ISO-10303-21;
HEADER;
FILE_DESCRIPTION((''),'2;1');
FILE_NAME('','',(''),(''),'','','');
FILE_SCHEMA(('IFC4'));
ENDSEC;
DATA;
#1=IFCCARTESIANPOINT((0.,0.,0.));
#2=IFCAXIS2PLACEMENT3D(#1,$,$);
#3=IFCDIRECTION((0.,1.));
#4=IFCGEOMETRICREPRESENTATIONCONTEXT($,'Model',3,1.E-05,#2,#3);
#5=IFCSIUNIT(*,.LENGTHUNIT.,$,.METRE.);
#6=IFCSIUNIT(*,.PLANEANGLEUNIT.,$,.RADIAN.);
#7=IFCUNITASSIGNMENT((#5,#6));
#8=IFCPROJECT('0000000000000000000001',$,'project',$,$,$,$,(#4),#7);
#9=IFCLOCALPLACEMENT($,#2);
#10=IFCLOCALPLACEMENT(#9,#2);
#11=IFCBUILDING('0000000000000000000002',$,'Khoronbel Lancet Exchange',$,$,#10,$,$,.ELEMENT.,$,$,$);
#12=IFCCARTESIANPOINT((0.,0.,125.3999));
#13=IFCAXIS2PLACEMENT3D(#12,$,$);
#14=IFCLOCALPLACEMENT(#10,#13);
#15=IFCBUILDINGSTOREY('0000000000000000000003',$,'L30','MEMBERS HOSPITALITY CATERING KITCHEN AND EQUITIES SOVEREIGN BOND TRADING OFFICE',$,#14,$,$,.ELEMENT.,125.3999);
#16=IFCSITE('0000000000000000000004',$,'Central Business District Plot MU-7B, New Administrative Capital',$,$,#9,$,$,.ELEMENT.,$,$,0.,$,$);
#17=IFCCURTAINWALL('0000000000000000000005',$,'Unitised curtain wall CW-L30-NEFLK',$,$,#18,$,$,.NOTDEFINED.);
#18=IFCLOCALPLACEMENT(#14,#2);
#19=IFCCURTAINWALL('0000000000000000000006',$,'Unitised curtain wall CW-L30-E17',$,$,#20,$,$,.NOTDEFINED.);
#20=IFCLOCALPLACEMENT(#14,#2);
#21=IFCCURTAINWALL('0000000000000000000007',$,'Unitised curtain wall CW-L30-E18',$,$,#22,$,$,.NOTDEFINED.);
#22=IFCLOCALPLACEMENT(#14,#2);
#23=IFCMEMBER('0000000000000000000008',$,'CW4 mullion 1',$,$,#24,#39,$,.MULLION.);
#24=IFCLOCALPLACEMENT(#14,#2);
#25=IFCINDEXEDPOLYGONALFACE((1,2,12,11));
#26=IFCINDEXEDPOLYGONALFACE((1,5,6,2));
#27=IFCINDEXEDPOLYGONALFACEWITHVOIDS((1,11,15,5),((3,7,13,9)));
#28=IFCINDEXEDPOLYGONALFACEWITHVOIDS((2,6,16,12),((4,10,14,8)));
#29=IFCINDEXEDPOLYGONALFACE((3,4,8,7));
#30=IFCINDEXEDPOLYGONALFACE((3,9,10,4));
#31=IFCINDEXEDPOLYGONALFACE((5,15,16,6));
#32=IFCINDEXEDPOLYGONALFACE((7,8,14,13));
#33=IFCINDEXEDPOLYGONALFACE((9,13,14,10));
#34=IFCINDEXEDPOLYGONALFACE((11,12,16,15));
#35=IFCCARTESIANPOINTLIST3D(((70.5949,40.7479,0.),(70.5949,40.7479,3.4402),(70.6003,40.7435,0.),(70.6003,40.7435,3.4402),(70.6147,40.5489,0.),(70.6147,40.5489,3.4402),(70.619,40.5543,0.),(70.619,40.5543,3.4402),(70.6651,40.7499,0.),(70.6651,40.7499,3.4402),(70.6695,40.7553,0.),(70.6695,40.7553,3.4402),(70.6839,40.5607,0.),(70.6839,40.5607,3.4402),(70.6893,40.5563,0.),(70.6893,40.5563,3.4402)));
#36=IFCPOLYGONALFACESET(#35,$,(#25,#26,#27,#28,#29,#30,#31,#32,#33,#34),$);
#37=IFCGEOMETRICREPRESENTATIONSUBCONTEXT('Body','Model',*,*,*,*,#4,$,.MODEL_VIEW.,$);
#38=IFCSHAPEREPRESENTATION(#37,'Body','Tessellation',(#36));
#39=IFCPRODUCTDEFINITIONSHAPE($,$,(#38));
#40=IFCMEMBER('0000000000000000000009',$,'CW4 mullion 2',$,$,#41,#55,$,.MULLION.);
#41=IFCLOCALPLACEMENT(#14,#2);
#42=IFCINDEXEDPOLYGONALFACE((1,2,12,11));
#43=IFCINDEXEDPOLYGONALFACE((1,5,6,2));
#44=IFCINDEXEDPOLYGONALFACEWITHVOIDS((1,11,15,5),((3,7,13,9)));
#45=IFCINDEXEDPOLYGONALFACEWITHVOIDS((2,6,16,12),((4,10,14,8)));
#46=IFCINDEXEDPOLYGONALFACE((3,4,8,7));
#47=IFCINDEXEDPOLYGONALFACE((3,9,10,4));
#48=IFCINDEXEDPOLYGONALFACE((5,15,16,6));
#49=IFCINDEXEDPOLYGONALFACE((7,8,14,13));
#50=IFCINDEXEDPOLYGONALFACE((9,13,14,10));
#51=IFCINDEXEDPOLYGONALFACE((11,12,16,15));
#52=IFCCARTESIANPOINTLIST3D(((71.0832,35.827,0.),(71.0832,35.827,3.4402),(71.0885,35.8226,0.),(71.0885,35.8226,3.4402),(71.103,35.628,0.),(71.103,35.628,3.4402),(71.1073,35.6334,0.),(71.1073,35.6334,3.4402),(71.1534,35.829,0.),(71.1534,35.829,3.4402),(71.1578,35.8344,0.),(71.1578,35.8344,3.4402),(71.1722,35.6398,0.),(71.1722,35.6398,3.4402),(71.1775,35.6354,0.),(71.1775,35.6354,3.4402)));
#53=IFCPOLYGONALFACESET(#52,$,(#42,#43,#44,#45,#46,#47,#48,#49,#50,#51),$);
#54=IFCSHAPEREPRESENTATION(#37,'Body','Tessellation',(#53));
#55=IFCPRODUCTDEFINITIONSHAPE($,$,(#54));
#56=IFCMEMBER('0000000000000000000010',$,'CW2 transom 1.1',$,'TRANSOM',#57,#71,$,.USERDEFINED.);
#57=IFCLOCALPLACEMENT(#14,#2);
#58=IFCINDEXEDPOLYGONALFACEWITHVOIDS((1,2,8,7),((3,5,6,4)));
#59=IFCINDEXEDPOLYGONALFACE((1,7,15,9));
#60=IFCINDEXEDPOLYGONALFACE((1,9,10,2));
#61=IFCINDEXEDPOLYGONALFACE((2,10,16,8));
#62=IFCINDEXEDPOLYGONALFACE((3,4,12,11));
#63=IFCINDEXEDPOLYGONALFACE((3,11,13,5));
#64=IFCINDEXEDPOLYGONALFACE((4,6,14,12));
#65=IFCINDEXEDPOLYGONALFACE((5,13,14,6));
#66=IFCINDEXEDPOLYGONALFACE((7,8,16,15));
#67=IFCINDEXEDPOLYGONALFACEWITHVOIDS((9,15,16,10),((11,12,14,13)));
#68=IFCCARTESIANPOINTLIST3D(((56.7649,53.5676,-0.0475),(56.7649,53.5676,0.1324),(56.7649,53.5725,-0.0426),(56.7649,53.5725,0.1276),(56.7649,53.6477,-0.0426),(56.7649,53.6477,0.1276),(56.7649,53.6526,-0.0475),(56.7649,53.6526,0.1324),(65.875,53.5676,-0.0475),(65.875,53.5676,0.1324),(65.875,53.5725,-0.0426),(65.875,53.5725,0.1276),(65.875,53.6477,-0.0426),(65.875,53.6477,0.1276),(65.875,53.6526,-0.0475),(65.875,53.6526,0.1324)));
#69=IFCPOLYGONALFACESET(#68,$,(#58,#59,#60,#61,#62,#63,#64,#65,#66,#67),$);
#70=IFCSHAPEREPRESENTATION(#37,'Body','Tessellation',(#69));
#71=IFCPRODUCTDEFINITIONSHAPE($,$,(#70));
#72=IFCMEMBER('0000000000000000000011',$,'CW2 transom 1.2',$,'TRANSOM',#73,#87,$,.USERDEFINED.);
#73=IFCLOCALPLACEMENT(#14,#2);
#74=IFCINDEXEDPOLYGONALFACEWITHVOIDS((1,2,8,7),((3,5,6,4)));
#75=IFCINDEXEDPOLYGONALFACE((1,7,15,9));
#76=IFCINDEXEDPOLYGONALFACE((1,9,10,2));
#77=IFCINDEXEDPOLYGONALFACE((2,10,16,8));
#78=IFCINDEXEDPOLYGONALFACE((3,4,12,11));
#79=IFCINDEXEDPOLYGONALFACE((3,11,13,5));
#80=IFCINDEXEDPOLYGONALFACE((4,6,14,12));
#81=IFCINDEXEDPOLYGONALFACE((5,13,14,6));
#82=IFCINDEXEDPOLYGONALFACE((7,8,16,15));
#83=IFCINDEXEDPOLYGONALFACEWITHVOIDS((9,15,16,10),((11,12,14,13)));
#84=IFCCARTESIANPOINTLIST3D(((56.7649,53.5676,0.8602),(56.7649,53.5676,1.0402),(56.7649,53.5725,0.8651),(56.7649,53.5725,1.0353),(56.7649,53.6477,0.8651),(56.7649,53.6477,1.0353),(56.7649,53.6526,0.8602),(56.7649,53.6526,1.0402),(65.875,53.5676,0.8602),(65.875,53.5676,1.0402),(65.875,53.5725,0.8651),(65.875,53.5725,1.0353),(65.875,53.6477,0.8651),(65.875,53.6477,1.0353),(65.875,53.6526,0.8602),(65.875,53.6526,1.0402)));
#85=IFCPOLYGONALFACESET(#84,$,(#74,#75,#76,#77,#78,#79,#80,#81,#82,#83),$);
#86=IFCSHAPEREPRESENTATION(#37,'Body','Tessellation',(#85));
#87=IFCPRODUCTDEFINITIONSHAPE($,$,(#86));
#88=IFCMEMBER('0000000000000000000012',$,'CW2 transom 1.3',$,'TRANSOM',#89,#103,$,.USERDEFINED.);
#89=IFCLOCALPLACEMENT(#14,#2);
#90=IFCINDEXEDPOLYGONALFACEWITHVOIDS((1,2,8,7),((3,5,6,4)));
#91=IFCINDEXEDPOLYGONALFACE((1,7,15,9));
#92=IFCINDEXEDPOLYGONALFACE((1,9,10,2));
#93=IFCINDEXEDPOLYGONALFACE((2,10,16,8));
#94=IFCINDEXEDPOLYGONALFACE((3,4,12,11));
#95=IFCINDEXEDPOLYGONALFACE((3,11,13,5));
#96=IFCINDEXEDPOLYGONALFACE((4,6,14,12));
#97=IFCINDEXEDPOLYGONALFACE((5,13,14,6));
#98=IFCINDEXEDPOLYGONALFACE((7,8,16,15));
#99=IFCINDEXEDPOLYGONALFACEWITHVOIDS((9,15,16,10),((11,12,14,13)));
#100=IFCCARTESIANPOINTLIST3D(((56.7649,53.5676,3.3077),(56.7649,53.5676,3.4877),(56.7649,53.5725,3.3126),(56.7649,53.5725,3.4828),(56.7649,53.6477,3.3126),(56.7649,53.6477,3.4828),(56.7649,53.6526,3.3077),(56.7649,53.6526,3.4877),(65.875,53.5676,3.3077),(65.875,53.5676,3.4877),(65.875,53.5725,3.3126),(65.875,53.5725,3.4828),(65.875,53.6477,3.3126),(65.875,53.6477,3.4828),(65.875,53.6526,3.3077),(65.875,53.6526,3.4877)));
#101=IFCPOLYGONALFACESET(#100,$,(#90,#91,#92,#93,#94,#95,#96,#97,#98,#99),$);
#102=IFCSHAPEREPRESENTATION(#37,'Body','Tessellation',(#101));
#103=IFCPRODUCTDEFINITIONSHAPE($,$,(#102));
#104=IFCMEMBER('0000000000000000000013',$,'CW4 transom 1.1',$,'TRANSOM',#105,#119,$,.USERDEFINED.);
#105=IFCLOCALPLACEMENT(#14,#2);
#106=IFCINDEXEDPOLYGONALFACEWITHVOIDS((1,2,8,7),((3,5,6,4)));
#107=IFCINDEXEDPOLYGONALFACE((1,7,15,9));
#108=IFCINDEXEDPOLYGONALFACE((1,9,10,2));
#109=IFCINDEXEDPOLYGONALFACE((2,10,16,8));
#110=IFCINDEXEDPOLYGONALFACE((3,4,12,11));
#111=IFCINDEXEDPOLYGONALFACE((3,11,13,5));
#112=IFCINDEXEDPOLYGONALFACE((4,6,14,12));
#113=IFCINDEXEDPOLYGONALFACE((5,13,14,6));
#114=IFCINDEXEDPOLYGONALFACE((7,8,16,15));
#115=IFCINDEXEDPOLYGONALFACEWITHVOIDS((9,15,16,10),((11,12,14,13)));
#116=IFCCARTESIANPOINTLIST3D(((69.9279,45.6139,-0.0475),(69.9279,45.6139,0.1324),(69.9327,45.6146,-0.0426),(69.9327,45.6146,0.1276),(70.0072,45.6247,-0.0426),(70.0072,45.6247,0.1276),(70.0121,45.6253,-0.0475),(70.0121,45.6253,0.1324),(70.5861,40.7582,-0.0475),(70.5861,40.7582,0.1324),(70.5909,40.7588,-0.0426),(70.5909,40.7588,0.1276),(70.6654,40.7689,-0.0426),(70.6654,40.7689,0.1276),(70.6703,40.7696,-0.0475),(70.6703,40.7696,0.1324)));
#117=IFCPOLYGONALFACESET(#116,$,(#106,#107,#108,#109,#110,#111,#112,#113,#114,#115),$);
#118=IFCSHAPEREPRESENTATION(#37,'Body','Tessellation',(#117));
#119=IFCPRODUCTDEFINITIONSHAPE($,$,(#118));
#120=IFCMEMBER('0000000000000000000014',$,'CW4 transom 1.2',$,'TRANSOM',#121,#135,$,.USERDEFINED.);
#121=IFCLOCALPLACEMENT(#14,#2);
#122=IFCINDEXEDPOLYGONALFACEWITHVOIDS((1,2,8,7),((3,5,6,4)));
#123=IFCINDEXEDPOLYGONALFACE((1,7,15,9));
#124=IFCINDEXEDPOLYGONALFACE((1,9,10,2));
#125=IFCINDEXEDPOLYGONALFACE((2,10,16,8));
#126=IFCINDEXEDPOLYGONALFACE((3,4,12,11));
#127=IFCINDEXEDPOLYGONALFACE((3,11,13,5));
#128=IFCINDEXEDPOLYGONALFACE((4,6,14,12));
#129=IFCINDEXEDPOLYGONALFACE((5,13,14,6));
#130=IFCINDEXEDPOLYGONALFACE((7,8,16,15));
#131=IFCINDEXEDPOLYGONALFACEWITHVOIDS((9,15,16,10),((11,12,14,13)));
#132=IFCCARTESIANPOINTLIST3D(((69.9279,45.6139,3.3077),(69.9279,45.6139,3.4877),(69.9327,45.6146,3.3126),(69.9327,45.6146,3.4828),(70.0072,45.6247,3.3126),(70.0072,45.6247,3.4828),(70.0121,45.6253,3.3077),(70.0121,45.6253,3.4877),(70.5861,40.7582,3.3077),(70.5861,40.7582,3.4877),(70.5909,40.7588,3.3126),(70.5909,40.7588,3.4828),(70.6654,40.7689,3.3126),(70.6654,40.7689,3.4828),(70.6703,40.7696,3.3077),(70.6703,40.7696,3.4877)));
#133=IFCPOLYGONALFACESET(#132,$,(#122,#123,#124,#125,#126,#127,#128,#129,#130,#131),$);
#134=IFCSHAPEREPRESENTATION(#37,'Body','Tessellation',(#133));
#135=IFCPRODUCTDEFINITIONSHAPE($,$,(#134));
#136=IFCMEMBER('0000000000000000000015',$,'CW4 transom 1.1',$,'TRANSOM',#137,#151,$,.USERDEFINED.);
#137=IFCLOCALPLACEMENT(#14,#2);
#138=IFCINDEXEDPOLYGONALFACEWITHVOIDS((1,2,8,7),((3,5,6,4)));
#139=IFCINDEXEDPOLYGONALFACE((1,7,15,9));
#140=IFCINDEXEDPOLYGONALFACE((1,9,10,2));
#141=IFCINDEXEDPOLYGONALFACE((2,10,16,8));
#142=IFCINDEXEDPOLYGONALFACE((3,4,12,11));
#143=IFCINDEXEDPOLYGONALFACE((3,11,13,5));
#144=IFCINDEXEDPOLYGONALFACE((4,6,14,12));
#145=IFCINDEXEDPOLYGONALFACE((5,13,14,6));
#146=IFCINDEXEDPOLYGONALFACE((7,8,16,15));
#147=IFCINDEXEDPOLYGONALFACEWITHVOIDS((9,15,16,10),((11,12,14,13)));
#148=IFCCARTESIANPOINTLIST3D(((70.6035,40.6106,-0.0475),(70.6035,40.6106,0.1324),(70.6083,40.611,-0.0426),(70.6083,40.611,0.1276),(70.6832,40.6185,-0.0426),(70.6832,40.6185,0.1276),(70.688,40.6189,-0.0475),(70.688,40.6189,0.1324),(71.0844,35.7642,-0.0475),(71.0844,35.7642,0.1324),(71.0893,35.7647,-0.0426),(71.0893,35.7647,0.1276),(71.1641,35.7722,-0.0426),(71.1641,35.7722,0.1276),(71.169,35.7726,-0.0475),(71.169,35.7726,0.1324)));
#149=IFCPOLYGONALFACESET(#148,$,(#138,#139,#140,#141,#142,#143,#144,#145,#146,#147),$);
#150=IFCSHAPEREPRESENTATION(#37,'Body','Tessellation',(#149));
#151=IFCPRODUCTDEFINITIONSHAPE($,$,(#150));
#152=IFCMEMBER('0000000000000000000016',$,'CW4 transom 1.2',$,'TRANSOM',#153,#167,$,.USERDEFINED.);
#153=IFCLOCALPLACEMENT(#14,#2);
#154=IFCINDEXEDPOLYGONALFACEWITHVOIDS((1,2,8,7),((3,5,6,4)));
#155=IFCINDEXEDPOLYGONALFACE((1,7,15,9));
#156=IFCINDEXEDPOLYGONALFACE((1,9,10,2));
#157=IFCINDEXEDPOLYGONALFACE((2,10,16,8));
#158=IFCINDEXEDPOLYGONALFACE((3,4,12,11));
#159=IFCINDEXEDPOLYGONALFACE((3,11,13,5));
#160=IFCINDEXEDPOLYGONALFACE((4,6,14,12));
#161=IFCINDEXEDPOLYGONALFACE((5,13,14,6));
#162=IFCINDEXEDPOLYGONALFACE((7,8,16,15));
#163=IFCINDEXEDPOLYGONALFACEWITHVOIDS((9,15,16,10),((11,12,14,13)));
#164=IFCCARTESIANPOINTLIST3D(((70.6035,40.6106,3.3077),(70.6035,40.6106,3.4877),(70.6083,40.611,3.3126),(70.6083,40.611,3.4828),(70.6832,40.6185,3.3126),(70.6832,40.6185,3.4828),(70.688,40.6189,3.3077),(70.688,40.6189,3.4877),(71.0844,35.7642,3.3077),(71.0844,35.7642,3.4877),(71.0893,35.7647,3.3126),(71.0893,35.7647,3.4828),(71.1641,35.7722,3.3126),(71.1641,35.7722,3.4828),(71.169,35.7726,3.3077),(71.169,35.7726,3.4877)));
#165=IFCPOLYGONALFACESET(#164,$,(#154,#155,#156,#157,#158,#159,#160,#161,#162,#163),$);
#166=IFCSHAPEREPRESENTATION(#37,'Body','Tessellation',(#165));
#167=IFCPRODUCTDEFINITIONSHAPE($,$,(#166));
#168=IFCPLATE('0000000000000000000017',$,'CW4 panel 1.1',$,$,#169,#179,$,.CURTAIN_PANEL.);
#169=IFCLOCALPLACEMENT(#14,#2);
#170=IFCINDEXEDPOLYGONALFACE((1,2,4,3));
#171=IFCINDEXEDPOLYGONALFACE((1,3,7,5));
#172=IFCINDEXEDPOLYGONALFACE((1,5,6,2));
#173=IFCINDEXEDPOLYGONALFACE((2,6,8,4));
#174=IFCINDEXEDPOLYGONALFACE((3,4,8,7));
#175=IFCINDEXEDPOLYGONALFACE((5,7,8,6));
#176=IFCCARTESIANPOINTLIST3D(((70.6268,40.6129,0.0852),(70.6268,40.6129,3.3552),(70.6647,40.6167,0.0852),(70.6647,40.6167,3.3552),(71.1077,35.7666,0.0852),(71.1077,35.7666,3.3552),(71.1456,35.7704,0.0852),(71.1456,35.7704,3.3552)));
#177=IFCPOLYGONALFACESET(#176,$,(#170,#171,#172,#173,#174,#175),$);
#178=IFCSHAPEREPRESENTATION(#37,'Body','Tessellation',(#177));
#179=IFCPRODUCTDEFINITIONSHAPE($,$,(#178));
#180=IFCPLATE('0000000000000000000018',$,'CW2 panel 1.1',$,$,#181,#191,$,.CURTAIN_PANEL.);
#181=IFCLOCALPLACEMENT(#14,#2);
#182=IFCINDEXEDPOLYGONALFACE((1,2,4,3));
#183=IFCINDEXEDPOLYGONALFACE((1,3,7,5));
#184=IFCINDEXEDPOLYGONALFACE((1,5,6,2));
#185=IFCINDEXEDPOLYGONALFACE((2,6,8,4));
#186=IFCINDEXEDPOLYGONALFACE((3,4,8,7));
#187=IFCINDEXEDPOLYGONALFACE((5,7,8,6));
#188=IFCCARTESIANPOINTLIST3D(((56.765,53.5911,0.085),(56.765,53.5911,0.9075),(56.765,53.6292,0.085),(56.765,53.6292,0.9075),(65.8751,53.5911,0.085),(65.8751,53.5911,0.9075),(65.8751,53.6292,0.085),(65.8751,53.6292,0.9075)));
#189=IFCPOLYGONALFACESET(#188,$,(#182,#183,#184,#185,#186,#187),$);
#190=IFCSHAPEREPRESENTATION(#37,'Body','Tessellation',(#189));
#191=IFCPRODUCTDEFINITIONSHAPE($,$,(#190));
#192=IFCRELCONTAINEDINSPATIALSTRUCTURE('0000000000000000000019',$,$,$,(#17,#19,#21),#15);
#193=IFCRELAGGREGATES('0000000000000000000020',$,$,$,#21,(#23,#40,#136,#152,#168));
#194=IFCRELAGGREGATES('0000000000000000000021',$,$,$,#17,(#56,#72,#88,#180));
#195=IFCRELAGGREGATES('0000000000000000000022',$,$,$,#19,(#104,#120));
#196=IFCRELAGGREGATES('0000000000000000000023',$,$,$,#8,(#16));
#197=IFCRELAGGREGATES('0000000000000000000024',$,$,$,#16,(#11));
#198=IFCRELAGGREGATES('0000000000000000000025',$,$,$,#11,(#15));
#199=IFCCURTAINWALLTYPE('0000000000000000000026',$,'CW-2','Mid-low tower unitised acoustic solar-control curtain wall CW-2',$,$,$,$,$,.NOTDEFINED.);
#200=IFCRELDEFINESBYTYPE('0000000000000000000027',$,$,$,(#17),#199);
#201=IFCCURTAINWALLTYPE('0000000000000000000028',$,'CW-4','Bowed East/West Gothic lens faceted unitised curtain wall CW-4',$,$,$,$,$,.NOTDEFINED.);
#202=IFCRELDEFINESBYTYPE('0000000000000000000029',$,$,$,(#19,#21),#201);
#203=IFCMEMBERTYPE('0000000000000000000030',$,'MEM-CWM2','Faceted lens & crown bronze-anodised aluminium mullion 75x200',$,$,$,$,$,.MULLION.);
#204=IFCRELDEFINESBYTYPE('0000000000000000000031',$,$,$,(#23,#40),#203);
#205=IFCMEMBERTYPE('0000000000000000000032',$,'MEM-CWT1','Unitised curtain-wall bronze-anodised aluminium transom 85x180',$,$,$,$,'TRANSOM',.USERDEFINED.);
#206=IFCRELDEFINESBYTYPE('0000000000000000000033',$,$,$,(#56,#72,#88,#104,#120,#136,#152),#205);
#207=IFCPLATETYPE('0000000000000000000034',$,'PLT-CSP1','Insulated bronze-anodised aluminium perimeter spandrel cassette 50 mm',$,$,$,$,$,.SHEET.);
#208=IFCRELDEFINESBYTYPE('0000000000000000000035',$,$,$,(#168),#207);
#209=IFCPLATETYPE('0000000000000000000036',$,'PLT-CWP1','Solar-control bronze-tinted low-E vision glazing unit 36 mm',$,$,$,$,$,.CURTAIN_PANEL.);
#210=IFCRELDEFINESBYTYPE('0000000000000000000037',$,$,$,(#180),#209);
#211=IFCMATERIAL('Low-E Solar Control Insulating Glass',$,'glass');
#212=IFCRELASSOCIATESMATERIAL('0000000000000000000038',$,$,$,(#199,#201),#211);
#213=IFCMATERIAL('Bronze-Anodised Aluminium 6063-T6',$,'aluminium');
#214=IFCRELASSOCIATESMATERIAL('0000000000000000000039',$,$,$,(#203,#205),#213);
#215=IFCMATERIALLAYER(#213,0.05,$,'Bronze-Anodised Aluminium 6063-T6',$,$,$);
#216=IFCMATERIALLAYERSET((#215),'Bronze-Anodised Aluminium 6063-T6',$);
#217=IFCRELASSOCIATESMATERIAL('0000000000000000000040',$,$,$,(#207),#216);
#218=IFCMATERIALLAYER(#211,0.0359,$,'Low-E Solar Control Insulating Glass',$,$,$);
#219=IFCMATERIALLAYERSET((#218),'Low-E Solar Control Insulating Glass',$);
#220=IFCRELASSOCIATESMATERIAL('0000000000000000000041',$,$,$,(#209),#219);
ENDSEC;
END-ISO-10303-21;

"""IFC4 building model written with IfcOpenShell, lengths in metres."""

from ifc_helpers import new_model, si_unit, direction, frame, origin, origin_2d, place, context, subcontext, project, spatial, rectangle, hollow_rectangle, extrude, material, layer, layer_set, material_profile, profile_set, type_object, element, aggregate, save


model = new_model("IFC4")

# Units and contexts
model_context = context("Model", 3, precision=1e-05, world=origin(), true_north=direction((0.0, 1.0)))
body_context = subcontext(model_context, "Body", "Model", "MODEL_VIEW")
ifc_project = project(units=[si_unit("LENGTHUNIT", "METRE"), si_unit("PLANEANGLEUNIT", "RADIAN")], contexts=[model_context])

# Site, building, storey
site_placement = place(None, origin())
site = spatial("IfcSite", under=ifc_project, at=site_placement, Name="Central Business District Plot MU-7B, New Administrative Capital", CompositionType="ELEMENT", RefElevation=0.0)
building_placement = place(site_placement, origin())
building = spatial("IfcBuilding", under=site, at=building_placement, Name="Khoronbel Lancet Exchange", CompositionType="ELEMENT")
storey_placement = place(building_placement, frame((0.0, 0.0, 125.3999)))
storey = spatial("IfcBuildingStorey", under=building, at=storey_placement, Name="L30", Description="MEMBERS HOSPITALITY CATERING KITCHEN AND EQUITIES SOVEREIGN BOND TRADING OFFICE", CompositionType="ELEMENT", Elevation=125.3999)

# Curtain wall
ifc_material_1 = material(Name="Low-E Solar Control Insulating Glass", Category="glass")
curtain_wall_type_1 = type_object("IfcCurtainWallType", Name="CW-2", Description="Mid-low tower unitised acoustic solar-control curtain wall CW-2", PredefinedType="NOTDEFINED", material=ifc_material_1)
curtain_wall_1_placement = place(storey_placement, origin())
curtain_wall_1 = element("IfcCurtainWall", 1, at=curtain_wall_1_placement, inside=storey, type_object=curtain_wall_type_1, Name="Unitised curtain wall CW-L30-NEFLK", PredefinedType="NOTDEFINED")
ifc_material_2 = material(Name="Bronze-Anodised Aluminium 6063-T6", Category="aluminium")

# Curtain walls, members
curtain_wall_type_2 = type_object("IfcCurtainWallType", Name="CW-4", Description="Bowed East/West Gothic lens faceted unitised curtain wall CW-4", PredefinedType="NOTDEFINED", material=ifc_material_1)
curtain_wall_2_placement = place(storey_placement, origin())
curtain_wall_2 = element("IfcCurtainWall", 2, at=curtain_wall_2_placement, inside=storey, type_object=curtain_wall_type_2, Name="Unitised curtain wall CW-L30-E17", PredefinedType="NOTDEFINED")
ifc_material_profile_1 = material_profile(ifc_material_2, hollow_rectangle(XDim=0.075, YDim=0.2, WallThickness=0.0049, at=origin_2d()), Name="ALU MULLION 75x200")
ifc_profile_set_1 = profile_set([ifc_material_profile_1], Name="Bronze-Anodised Aluminium 6063-T6")
member_type_1 = type_object("IfcMemberType", Name="MEM-CWM2", Description="Faceted lens & crown bronze-anodised aluminium mullion 75x200", PredefinedType="MULLION", material=ifc_profile_set_1)
curtain_wall_3_placement = place(storey_placement, origin())
curtain_wall_3 = element("IfcCurtainWall", 3, at=curtain_wall_3_placement, inside=storey, type_object=curtain_wall_type_2, Name="Unitised curtain wall CW-L30-E18", PredefinedType="NOTDEFINED")
member_1_placement = place(storey_placement, frame((70.6421, 40.6521, 0.0), z_axis=(0.0, 0.0, 1.0), x_axis=(0.995113, 0.098742, 0.0)))
member_1 = element("IfcMember", 4, at=member_1_placement, type_object=member_type_1, Name="CW4 mullion 1", PredefinedType="MULLION", context=body_context, shape_type="SweptSolid", body=[
    extrude(hollow_rectangle(XDim=0.075, YDim=0.2, WallThickness=0.0049, at=origin_2d()), origin(), (0.0, 0.0, 1.0), 3.4402),
])
member_2_placement = place(storey_placement, frame((71.1304, 35.7312, 0.0), z_axis=(0.0, 0.0, 1.0), x_axis=(0.995113, 0.098742, 0.0)))
member_2 = element("IfcMember", 5, at=member_2_placement, type_object=member_type_1, Name="CW4 mullion 2", PredefinedType="MULLION", context=body_context, shape_type="SweptSolid", body=[
    extrude(hollow_rectangle(XDim=0.075, YDim=0.2, WallThickness=0.0049, at=origin_2d()), origin(), (0.0, 0.0, 1.0), 3.4402),
])

# Members
ifc_material_profile_2 = material_profile(ifc_material_2, hollow_rectangle(XDim=0.085, YDim=0.1799, WallThickness=0.0049, at=origin_2d()), Name="ALU TRANSOM 85x180")
ifc_profile_set_2 = profile_set([ifc_material_profile_2], Name="Bronze-Anodised Aluminium 6063-T6")
member_type_2 = type_object("IfcMemberType", Name="MEM-CWT1", Description="Unitised curtain-wall bronze-anodised aluminium transom 85x180", ElementType="TRANSOM", PredefinedType="USERDEFINED", material=ifc_profile_set_2)
member_3_placement = place(storey_placement, frame((65.875, 53.6101, 0.0425), z_axis=(-1.0, 0.0, 0.0), x_axis=(0.0, -1.0, 0.0)))
member_3 = element("IfcMember", 6, at=member_3_placement, type_object=member_type_2, Name="CW2 transom 1.1", ObjectType="TRANSOM", PredefinedType="USERDEFINED", context=body_context, shape_type="SweptSolid", body=[
    extrude(hollow_rectangle(XDim=0.085, YDim=0.1799, WallThickness=0.0049, at=origin_2d()), origin(), (0.0, 0.0, 1.0), 9.1101),
])
member_4_placement = place(storey_placement, frame((65.875, 53.6101, 0.9502), z_axis=(-1.0, 0.0, 0.0), x_axis=(0.0, -1.0, 0.0)))
member_4 = element("IfcMember", 7, at=member_4_placement, type_object=member_type_2, Name="CW2 transom 1.2", ObjectType="TRANSOM", PredefinedType="USERDEFINED", context=body_context, shape_type="SweptSolid", body=[
    extrude(hollow_rectangle(XDim=0.085, YDim=0.1799, WallThickness=0.0049, at=origin_2d()), origin(), (0.0, 0.0, 1.0), 9.1101),
])
member_5_placement = place(storey_placement, frame((65.875, 53.6101, 3.3977), z_axis=(-1.0, 0.0, 0.0), x_axis=(0.0, -1.0, 0.0)))
member_5 = element("IfcMember", 8, at=member_5_placement, type_object=member_type_2, Name="CW2 transom 1.3", ObjectType="TRANSOM", PredefinedType="USERDEFINED", context=body_context, shape_type="SweptSolid", body=[
    extrude(hollow_rectangle(XDim=0.085, YDim=0.1799, WallThickness=0.0049, at=origin_2d()), origin(), (0.0, 0.0, 1.0), 9.1101),
])
member_6_placement = place(storey_placement, frame((69.97, 45.6196, 0.0425), z_axis=(0.134324, -0.990937, 0.0), x_axis=(0.990937, 0.134324, 0.0)))
member_6 = element("IfcMember", 9, at=member_6_placement, type_object=member_type_2, Name="CW4 transom 1.1", ObjectType="TRANSOM", PredefinedType="USERDEFINED", context=body_context, shape_type="SweptSolid", body=[
    extrude(hollow_rectangle(XDim=0.085, YDim=0.1799, WallThickness=0.0049, at=origin_2d()), origin(), (0.0, 0.0, 1.0), 4.9001),
])
member_7_placement = place(storey_placement, frame((69.97, 45.6196, 3.3977), z_axis=(0.134324, -0.990937, 0.0), x_axis=(0.990937, 0.134324, 0.0)))
member_7 = element("IfcMember", 10, at=member_7_placement, type_object=member_type_2, Name="CW4 transom 1.2", ObjectType="TRANSOM", PredefinedType="USERDEFINED", context=body_context, shape_type="SweptSolid", body=[
    extrude(hollow_rectangle(XDim=0.085, YDim=0.1799, WallThickness=0.0049, at=origin_2d()), origin(), (0.0, 0.0, 1.0), 4.9001),
])
member_8_placement = place(storey_placement, frame((70.6458, 40.6147, 0.0425), z_axis=(0.098759, -0.995111, 0.0), x_axis=(0.995111, 0.098759, 0.0)))
member_8 = element("IfcMember", 11, at=member_8_placement, type_object=member_type_2, Name="CW4 transom 1.1", ObjectType="TRANSOM", PredefinedType="USERDEFINED", context=body_context, shape_type="SweptSolid", body=[
    extrude(hollow_rectangle(XDim=0.085, YDim=0.1799, WallThickness=0.0049, at=origin_2d()), origin(), (0.0, 0.0, 1.0), 4.8701),
])
member_9_placement = place(storey_placement, frame((70.6458, 40.6147, 3.3977), z_axis=(0.098759, -0.995111, 0.0), x_axis=(0.995111, 0.098759, 0.0)))
member_9 = element("IfcMember", 12, at=member_9_placement, type_object=member_type_2, Name="CW4 transom 1.2", ObjectType="TRANSOM", PredefinedType="USERDEFINED", context=body_context, shape_type="SweptSolid", body=[
    extrude(hollow_rectangle(XDim=0.085, YDim=0.1799, WallThickness=0.0049, at=origin_2d()), origin(), (0.0, 0.0, 1.0), 4.8701),
])

# Plates
ifc_layer_1 = layer(ifc_material_2, 0.05, Name="Bronze-Anodised Aluminium 6063-T6")
ifc_layer_set_1 = layer_set([ifc_layer_1], Name="Bronze-Anodised Aluminium 6063-T6")
plate_type_1 = type_object("IfcPlateType", Name="PLT-CSP1", Description="Insulated bronze-anodised aluminium perimeter spandrel cassette 50 mm", PredefinedType="SHEET", material=ifc_layer_set_1)
plate_1_placement = place(storey_placement, frame((70.8862, 38.1917, 0.0852), z_axis=(0.0, 0.0, 1.0), x_axis=(0.098742, -0.995113, 0.0)))
plate_1 = element("IfcPlate", 13, at=plate_1_placement, type_object=plate_type_1, Name="CW4 panel 1.1", PredefinedType="CURTAIN_PANEL", context=body_context, shape_type="SweptSolid", body=[
    extrude(rectangle(XDim=4.8701, YDim=0.0381, at=origin_2d()), origin(), (0.0, 0.0, 1.0), 3.27),
])
aggregate(curtain_wall_3, [member_1, member_2, member_8, member_9, plate_1])
ifc_layer_2 = layer(ifc_material_1, 0.0359, Name="Low-E Solar Control Insulating Glass")
ifc_layer_set_2 = layer_set([ifc_layer_2], Name="Low-E Solar Control Insulating Glass")
plate_type_2 = type_object("IfcPlateType", Name="PLT-CWP1", Description="Solar-control bronze-tinted low-E vision glazing unit 36 mm", PredefinedType="CURTAIN_PANEL", material=ifc_layer_set_2)
plate_2_placement = place(storey_placement, frame((61.3201, 53.6101, 0.085), z_axis=(0.0, 0.0, 1.0), x_axis=(-1.0, 0.0, 0.0)))
plate_2 = element("IfcPlate", 14, at=plate_2_placement, type_object=plate_type_2, Name="CW2 panel 1.1", PredefinedType="CURTAIN_PANEL", context=body_context, shape_type="SweptSolid", body=[
    extrude(rectangle(XDim=9.1101, YDim=0.0381, at=origin_2d()), origin(), (0.0, 0.0, 1.0), 0.8225),
])
aggregate(curtain_wall_1, [member_3, member_4, member_5, plate_2])
aggregate(curtain_wall_2, [member_6, member_7])

save(model, "model.ifc")
